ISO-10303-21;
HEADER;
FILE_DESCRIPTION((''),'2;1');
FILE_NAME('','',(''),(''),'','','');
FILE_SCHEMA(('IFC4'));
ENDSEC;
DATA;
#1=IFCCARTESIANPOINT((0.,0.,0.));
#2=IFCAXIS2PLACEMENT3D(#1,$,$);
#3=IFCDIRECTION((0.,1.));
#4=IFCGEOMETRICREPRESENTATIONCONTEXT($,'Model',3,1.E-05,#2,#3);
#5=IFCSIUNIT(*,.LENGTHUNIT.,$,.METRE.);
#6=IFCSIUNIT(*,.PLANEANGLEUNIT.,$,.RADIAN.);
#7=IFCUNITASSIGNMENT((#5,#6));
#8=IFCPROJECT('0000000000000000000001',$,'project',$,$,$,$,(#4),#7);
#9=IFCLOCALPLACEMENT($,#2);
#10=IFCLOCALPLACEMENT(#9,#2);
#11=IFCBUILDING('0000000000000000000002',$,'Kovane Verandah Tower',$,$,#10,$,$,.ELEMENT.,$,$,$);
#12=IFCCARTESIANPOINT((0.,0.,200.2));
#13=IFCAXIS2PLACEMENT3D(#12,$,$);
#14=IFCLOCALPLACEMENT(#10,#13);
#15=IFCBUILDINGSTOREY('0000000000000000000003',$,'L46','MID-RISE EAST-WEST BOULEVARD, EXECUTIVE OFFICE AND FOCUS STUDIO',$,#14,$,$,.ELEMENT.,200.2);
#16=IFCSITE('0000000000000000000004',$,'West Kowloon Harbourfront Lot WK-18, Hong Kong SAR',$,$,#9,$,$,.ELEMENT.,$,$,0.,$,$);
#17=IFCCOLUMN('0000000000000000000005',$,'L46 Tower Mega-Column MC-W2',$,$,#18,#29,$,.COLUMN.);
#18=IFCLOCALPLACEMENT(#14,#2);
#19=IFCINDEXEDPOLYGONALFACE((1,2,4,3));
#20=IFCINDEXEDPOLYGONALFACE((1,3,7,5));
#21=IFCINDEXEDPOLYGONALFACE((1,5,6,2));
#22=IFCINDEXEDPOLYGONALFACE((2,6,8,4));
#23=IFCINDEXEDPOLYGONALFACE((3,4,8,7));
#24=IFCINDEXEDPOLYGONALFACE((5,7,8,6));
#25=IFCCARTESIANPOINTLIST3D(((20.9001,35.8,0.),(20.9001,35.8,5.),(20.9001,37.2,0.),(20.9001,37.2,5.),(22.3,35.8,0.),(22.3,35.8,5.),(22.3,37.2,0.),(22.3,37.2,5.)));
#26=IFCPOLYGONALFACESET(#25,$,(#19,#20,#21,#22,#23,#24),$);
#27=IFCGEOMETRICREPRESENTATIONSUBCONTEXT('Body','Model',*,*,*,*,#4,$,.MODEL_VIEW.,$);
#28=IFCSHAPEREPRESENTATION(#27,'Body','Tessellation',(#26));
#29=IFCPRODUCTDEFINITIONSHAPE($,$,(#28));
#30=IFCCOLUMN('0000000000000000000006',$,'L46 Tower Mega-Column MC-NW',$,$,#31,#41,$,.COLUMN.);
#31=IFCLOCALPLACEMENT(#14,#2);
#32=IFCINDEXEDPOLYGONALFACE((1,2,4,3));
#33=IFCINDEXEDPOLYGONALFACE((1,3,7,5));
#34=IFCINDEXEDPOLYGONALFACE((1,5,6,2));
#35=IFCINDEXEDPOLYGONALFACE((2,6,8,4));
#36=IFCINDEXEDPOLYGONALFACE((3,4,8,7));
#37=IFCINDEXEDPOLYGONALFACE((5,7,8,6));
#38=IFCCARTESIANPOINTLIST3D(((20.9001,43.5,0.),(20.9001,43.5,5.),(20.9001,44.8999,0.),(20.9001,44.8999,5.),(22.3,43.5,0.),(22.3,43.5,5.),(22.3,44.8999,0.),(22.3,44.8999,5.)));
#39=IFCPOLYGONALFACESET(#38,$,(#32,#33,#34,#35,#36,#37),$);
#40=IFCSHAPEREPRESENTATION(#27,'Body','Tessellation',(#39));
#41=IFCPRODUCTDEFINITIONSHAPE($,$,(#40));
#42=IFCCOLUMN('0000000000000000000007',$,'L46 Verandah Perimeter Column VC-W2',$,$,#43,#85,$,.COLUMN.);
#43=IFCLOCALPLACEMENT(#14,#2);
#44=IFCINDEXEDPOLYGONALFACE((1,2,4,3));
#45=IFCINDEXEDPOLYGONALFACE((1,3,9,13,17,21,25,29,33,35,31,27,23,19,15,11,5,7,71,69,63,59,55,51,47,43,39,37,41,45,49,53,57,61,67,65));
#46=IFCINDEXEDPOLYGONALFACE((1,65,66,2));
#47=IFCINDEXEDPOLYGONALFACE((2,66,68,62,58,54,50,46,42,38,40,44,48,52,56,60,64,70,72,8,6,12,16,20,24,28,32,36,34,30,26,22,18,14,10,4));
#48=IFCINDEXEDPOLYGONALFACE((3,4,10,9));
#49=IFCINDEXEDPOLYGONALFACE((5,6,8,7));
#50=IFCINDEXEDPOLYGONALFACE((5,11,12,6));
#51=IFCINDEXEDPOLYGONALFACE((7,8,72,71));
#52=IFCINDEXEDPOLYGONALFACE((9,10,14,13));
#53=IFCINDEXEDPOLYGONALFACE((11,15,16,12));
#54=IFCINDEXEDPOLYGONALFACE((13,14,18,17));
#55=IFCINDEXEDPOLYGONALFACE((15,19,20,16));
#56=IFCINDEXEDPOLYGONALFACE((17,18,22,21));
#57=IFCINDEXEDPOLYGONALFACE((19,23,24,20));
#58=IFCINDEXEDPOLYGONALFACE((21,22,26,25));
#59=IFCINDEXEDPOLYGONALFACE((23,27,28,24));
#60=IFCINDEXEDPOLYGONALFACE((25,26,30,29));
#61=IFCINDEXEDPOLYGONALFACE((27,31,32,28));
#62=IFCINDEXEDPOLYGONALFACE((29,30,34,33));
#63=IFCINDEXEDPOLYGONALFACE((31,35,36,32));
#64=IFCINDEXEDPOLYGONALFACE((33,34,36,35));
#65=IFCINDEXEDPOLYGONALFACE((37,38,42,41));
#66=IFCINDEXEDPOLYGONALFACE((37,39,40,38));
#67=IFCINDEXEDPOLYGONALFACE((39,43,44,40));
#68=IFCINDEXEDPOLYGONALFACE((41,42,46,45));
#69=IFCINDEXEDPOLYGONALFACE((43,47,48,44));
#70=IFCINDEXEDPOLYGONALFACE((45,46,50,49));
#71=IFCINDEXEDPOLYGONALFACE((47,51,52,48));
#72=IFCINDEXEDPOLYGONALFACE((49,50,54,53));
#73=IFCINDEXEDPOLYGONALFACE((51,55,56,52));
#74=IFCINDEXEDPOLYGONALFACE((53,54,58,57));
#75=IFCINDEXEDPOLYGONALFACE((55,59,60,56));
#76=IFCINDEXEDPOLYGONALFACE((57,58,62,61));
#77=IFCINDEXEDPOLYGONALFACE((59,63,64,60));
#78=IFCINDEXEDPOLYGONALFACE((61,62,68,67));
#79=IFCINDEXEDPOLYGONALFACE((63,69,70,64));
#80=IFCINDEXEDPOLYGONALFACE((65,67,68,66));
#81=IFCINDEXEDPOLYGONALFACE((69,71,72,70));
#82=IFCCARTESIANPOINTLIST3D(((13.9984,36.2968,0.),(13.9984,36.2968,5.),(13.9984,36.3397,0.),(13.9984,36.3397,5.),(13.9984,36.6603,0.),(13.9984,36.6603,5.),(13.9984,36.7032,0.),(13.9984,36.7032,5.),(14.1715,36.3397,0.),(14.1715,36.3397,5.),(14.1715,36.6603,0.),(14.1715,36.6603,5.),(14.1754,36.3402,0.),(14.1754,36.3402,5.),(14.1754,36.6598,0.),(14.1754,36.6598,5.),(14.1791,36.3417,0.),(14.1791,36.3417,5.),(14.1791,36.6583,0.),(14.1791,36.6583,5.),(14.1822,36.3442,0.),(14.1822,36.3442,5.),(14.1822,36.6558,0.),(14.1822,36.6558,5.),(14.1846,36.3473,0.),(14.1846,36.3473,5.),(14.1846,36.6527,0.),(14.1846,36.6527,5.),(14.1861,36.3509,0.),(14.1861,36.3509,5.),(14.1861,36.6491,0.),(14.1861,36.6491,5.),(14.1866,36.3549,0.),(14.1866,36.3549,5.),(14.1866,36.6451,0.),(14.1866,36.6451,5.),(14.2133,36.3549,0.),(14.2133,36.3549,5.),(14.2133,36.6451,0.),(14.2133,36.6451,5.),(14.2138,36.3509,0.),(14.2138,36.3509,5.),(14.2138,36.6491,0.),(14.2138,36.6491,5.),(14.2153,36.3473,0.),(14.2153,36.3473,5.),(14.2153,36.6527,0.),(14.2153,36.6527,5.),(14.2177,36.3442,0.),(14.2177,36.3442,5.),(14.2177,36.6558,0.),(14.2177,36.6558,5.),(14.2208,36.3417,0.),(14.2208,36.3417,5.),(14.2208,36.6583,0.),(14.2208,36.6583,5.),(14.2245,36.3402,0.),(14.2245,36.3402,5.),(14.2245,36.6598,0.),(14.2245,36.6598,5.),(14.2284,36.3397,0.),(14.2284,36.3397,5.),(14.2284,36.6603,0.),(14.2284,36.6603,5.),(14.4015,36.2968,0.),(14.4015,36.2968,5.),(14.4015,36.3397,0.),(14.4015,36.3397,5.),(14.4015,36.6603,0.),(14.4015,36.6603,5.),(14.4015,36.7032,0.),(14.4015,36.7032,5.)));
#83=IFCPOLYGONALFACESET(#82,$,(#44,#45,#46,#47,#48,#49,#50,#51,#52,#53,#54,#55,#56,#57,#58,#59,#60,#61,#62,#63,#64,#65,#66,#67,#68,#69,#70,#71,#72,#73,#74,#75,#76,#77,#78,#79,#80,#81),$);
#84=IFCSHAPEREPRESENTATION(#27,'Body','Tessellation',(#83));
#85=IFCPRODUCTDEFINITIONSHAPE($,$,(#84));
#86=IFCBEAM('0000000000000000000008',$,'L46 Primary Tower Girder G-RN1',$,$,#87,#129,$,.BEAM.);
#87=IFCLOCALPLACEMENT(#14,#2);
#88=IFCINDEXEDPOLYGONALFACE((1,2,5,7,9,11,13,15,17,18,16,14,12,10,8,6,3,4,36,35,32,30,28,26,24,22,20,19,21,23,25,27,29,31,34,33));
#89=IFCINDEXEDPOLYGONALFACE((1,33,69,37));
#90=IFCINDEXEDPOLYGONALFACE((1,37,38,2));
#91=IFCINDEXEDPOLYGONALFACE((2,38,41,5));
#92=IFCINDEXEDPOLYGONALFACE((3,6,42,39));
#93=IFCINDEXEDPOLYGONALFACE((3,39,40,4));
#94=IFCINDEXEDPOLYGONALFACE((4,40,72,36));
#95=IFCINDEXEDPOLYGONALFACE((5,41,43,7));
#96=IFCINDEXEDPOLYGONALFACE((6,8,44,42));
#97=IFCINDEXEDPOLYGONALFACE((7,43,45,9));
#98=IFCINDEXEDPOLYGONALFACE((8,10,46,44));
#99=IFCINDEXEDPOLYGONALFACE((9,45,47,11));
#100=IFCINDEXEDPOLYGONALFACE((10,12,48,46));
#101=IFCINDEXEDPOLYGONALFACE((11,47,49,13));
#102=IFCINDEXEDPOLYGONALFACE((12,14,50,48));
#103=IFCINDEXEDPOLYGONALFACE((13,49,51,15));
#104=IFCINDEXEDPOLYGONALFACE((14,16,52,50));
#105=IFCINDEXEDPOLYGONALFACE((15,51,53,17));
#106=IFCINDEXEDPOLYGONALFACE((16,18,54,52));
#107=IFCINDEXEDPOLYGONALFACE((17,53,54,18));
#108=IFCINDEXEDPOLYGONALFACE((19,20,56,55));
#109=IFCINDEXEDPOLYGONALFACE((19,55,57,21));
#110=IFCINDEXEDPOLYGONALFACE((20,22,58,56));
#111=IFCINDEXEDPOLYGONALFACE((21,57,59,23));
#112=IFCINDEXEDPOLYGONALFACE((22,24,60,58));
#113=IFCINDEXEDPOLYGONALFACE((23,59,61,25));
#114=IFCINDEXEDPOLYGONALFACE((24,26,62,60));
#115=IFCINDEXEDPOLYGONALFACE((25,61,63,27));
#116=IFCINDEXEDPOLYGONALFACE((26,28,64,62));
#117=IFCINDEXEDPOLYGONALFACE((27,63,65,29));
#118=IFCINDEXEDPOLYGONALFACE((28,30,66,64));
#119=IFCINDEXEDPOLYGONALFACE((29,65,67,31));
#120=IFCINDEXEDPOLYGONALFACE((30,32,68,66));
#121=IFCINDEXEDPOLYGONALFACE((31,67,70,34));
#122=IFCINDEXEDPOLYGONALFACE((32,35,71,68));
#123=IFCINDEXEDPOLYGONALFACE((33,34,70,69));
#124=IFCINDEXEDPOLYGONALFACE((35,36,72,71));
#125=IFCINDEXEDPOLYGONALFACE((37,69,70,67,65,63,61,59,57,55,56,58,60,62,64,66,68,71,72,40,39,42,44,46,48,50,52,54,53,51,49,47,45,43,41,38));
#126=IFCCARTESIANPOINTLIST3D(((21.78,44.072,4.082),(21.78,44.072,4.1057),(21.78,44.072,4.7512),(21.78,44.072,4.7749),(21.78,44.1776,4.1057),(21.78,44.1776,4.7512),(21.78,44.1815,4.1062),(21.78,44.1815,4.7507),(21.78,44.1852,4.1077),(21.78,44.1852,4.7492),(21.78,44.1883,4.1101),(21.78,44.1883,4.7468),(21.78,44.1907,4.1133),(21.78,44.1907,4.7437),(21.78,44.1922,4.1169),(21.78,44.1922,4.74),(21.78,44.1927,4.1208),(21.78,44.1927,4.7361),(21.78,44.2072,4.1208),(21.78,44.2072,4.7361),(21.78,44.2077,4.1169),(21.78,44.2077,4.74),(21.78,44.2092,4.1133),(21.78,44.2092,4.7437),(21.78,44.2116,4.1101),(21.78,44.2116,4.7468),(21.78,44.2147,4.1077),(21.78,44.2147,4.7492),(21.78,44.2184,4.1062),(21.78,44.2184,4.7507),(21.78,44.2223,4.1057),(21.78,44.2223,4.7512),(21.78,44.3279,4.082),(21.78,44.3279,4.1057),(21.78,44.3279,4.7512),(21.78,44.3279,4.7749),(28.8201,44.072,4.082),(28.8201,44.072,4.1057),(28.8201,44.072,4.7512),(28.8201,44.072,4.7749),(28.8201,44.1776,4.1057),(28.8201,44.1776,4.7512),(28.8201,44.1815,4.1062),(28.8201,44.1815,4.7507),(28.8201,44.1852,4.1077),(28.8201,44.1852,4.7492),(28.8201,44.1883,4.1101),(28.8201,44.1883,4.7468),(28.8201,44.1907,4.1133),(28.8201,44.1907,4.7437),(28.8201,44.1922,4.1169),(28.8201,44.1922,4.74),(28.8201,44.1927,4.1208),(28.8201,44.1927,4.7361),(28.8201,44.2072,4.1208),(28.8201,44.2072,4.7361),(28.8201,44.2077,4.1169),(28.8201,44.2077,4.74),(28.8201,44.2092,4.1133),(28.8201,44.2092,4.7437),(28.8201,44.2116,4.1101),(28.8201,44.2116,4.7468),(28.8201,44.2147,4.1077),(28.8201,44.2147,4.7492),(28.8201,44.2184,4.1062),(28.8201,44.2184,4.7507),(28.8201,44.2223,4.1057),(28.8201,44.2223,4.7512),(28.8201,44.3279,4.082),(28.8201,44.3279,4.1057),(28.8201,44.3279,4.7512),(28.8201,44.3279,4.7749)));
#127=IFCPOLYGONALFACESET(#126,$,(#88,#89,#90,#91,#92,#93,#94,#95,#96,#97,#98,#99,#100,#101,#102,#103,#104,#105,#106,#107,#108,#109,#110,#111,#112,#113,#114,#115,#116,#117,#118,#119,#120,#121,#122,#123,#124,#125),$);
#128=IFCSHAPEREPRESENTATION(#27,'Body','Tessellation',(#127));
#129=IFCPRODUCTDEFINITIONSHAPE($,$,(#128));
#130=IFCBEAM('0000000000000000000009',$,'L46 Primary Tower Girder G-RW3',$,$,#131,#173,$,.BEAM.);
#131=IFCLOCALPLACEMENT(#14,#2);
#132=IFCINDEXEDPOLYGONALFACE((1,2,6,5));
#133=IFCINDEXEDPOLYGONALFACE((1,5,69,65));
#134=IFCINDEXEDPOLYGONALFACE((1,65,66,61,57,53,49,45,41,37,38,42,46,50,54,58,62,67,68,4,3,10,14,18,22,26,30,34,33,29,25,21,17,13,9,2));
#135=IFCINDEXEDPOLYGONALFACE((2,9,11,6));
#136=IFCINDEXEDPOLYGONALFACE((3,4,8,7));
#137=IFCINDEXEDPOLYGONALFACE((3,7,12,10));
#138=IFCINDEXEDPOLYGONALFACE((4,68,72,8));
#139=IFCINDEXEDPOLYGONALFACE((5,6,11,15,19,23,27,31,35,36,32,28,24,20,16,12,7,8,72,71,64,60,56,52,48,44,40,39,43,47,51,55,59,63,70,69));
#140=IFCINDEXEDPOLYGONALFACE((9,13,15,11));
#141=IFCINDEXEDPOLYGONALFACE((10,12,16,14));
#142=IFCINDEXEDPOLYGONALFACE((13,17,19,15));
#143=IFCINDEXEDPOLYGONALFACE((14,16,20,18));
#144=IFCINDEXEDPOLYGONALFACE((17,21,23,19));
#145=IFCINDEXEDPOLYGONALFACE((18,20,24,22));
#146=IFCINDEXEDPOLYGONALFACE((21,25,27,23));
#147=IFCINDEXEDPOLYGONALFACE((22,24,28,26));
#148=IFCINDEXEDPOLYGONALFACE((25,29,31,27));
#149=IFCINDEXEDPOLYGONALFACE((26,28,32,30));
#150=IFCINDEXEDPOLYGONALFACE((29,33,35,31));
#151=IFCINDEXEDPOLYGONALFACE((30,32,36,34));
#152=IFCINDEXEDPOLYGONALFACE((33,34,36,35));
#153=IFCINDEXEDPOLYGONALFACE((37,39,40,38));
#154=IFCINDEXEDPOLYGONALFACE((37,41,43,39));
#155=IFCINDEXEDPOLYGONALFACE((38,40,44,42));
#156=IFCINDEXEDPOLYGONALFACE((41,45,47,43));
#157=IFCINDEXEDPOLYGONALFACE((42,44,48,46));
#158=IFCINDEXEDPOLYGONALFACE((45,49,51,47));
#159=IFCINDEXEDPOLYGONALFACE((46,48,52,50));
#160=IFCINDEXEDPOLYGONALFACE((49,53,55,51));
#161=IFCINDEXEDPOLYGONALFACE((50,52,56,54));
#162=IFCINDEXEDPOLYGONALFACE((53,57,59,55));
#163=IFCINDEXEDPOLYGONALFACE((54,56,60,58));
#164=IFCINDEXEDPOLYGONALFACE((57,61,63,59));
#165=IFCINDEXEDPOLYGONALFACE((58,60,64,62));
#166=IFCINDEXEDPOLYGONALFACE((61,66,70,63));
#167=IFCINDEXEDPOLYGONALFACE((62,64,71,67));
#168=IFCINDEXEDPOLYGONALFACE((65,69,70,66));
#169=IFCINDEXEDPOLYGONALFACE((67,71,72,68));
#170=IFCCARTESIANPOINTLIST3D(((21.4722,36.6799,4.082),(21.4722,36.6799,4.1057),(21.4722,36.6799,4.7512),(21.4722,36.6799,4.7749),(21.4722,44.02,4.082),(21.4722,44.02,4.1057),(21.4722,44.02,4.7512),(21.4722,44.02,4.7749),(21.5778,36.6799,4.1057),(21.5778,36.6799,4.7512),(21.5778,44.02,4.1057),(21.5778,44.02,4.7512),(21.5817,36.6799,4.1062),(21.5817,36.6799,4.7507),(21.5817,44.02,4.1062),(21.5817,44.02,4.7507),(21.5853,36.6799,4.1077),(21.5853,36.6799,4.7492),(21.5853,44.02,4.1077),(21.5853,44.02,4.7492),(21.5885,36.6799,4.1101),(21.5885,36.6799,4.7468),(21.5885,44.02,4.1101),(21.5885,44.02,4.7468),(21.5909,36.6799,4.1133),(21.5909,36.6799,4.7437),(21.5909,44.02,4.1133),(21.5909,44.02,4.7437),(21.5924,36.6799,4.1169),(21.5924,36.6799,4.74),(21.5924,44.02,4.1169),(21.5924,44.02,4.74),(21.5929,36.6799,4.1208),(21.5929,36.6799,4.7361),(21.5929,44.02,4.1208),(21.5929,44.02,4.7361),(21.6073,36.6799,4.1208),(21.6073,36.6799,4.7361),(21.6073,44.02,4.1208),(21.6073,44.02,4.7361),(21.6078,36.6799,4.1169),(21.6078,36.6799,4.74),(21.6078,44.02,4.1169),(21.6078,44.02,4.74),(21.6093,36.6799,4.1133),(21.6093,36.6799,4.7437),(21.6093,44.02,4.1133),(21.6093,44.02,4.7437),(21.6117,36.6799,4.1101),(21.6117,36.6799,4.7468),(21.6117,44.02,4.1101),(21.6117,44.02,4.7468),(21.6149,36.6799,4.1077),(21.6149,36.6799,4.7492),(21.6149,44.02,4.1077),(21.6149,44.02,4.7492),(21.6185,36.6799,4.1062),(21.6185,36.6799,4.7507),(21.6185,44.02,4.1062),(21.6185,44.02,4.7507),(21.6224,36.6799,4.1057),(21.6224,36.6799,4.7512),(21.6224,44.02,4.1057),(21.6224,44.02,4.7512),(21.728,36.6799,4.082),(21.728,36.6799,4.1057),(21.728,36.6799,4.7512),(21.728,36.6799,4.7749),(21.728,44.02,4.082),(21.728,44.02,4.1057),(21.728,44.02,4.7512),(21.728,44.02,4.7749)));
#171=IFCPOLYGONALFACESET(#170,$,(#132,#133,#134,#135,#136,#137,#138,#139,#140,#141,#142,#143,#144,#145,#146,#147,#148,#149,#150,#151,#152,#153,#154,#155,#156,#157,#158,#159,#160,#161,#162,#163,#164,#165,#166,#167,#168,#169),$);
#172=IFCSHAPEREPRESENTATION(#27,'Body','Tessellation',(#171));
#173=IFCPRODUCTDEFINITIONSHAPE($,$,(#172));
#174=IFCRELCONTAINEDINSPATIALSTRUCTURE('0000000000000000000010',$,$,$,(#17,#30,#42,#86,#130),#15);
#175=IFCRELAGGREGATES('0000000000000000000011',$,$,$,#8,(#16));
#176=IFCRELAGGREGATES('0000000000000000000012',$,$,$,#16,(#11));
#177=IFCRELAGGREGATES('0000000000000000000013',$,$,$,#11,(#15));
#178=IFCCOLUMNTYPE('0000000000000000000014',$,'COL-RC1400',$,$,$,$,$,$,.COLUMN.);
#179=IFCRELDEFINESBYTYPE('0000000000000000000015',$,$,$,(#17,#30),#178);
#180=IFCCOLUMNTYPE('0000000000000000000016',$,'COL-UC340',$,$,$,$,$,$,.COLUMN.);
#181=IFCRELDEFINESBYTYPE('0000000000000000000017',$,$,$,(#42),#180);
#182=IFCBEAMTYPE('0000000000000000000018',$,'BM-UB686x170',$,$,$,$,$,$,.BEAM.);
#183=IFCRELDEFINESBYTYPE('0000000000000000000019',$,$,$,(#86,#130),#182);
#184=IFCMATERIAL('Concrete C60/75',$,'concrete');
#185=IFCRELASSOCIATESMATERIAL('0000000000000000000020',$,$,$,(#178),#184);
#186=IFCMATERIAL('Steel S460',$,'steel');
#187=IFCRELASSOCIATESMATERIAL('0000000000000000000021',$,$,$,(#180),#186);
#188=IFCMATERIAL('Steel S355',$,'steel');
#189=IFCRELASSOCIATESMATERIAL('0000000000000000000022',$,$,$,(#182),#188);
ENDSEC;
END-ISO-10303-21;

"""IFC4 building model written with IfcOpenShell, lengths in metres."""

from ifc_helpers import new_model, si_unit, direction, frame, origin, origin_2d, place, context, subcontext, project, spatial, rectangle, i_section, extrude, material, material_profile, profile_set, type_object, element, save


model = new_model("IFC4")

# Units and contexts
model_context = context("Model", 3, precision=1e-05, world=origin(), true_north=direction((0.0, 1.0)))
body_context = subcontext(model_context, "Body", "Model", "MODEL_VIEW")
ifc_project = project(units=[si_unit("LENGTHUNIT", "METRE"), si_unit("PLANEANGLEUNIT", "RADIAN")], contexts=[model_context])

# Site, building, storey
site_placement = place(None, origin())
site = spatial("IfcSite", under=ifc_project, at=site_placement, Name="West Kowloon Harbourfront Lot WK-18, Hong Kong SAR", CompositionType="ELEMENT", RefElevation=0.0)
building_placement = place(site_placement, origin())
building = spatial("IfcBuilding", under=site, at=building_placement, Name="Kovane Verandah Tower", CompositionType="ELEMENT")
storey_placement = place(building_placement, frame((0.0, 0.0, 200.2)))
storey = spatial("IfcBuildingStorey", under=building, at=storey_placement, Name="L46", Description="MID-RISE EAST-WEST BOULEVARD, EXECUTIVE OFFICE AND FOCUS STUDIO", CompositionType="ELEMENT", Elevation=200.2)

# Columns
ifc_material_1 = material(Name="Concrete C60/75", Category="concrete")
ifc_material_profile_1 = material_profile(ifc_material_1, rectangle(XDim=1.3999, YDim=1.3999, at=origin_2d()), Name="RC1400x1400")
ifc_profile_set_1 = profile_set([ifc_material_profile_1], Name="Concrete C60/75")
column_type_1 = type_object("IfcColumnType", Name="COL-RC1400", PredefinedType="COLUMN", material=ifc_profile_set_1)
for number, where, z_axis, x_axis, name in (
    (1, (21.6001, 36.5, 0.0), (0.0, 0.0, 1.0), (1.0, 0.0, 0.0), "L46 Tower Mega-Column MC-W2"),
    (2, (21.6001, 44.2, 0.0), (0.0, 0.0, 1.0), (1.0, 0.0, 0.0), "L46 Tower Mega-Column MC-NW"),
):
    element("IfcColumn", number, at=place(storey_placement, frame(where, z_axis=z_axis, x_axis=x_axis)), inside=storey, type_object=column_type_1, Name=name, PredefinedType="COLUMN", context=body_context, shape_type="SweptSolid", body=[
        extrude(rectangle(XDim=1.3999, YDim=1.3999, at=origin_2d()), origin(), (0.0, 0.0, 1.0), 5.0),
    ])
ifc_material_2 = material(Name="Steel S460", Category="steel")
ifc_material_profile_2 = material_profile(ifc_material_2, i_section(OverallWidth=0.4031, OverallDepth=0.4065, WebThickness=0.0266, FlangeThickness=0.043, FilletRadius=0.0151, at=origin_2d()), Name="UC356x406x340")
ifc_profile_set_2 = profile_set([ifc_material_profile_2], Name="Steel S460")
column_type_2 = type_object("IfcColumnType", Name="COL-UC340", PredefinedType="COLUMN", material=ifc_profile_set_2)
column_placement = place(storey_placement, frame((14.2, 36.5, 0.0), z_axis=(0.0, 0.0, 1.0), x_axis=(1.0, 0.0, 0.0)))
element("IfcColumn", 3, at=column_placement, inside=storey, type_object=column_type_2, Name="L46 Verandah Perimeter Column VC-W2", PredefinedType="COLUMN", context=body_context, shape_type="SweptSolid", body=[
    extrude(i_section(OverallWidth=0.4031, OverallDepth=0.4065, WebThickness=0.0266, FlangeThickness=0.043, FilletRadius=0.0151, at=origin_2d()), origin(), (0.0, 0.0, 1.0), 5.0),
])

# Beams
ifc_material_3 = material(Name="Steel S355", Category="steel")
ifc_material_profile_3 = material_profile(ifc_material_3, i_section(OverallWidth=0.2559, OverallDepth=0.6929, WebThickness=0.0144, FlangeThickness=0.0237, FilletRadius=0.0151, at=origin_2d()), Name="UB686x254x170")
ifc_profile_set_3 = profile_set([ifc_material_profile_3], Name="Steel S355")
beam_type_1 = type_object("IfcBeamType", Name="BM-UB686x170", PredefinedType="BEAM", material=ifc_profile_set_3)
beam_1_placement = place(storey_placement, frame((21.78, 44.2, 4.4285), z_axis=(1.0, 0.0, 0.0), x_axis=(0.0, 1.0, 0.0)))
element("IfcBeam", 4, at=beam_1_placement, inside=storey, type_object=beam_type_1, Name="L46 Primary Tower Girder G-RN1", PredefinedType="BEAM", context=body_context, shape_type="SweptSolid", body=[
    extrude(i_section(OverallWidth=0.2559, OverallDepth=0.6929, WebThickness=0.0144, FlangeThickness=0.0237, FilletRadius=0.0151, at=origin_2d()), origin(), (0.0, 0.0, 1.0), 7.04),
])
beam_2_placement = place(storey_placement, frame((21.6001, 36.6799, 4.4285), z_axis=(0.0, 1.0, 0.0), x_axis=(-1.0, 0.0, 0.0)))
element("IfcBeam", 5, at=beam_2_placement, inside=storey, type_object=beam_type_1, Name="L46 Primary Tower Girder G-RW3", PredefinedType="BEAM", context=body_context, shape_type="SweptSolid", body=[
    extrude(i_section(OverallWidth=0.2559, OverallDepth=0.6929, WebThickness=0.0144, FlangeThickness=0.0237, FilletRadius=0.0151, at=origin_2d()), origin(), (0.0, 0.0, 1.0), 7.3401),
])

save(model, "model.ifc")
